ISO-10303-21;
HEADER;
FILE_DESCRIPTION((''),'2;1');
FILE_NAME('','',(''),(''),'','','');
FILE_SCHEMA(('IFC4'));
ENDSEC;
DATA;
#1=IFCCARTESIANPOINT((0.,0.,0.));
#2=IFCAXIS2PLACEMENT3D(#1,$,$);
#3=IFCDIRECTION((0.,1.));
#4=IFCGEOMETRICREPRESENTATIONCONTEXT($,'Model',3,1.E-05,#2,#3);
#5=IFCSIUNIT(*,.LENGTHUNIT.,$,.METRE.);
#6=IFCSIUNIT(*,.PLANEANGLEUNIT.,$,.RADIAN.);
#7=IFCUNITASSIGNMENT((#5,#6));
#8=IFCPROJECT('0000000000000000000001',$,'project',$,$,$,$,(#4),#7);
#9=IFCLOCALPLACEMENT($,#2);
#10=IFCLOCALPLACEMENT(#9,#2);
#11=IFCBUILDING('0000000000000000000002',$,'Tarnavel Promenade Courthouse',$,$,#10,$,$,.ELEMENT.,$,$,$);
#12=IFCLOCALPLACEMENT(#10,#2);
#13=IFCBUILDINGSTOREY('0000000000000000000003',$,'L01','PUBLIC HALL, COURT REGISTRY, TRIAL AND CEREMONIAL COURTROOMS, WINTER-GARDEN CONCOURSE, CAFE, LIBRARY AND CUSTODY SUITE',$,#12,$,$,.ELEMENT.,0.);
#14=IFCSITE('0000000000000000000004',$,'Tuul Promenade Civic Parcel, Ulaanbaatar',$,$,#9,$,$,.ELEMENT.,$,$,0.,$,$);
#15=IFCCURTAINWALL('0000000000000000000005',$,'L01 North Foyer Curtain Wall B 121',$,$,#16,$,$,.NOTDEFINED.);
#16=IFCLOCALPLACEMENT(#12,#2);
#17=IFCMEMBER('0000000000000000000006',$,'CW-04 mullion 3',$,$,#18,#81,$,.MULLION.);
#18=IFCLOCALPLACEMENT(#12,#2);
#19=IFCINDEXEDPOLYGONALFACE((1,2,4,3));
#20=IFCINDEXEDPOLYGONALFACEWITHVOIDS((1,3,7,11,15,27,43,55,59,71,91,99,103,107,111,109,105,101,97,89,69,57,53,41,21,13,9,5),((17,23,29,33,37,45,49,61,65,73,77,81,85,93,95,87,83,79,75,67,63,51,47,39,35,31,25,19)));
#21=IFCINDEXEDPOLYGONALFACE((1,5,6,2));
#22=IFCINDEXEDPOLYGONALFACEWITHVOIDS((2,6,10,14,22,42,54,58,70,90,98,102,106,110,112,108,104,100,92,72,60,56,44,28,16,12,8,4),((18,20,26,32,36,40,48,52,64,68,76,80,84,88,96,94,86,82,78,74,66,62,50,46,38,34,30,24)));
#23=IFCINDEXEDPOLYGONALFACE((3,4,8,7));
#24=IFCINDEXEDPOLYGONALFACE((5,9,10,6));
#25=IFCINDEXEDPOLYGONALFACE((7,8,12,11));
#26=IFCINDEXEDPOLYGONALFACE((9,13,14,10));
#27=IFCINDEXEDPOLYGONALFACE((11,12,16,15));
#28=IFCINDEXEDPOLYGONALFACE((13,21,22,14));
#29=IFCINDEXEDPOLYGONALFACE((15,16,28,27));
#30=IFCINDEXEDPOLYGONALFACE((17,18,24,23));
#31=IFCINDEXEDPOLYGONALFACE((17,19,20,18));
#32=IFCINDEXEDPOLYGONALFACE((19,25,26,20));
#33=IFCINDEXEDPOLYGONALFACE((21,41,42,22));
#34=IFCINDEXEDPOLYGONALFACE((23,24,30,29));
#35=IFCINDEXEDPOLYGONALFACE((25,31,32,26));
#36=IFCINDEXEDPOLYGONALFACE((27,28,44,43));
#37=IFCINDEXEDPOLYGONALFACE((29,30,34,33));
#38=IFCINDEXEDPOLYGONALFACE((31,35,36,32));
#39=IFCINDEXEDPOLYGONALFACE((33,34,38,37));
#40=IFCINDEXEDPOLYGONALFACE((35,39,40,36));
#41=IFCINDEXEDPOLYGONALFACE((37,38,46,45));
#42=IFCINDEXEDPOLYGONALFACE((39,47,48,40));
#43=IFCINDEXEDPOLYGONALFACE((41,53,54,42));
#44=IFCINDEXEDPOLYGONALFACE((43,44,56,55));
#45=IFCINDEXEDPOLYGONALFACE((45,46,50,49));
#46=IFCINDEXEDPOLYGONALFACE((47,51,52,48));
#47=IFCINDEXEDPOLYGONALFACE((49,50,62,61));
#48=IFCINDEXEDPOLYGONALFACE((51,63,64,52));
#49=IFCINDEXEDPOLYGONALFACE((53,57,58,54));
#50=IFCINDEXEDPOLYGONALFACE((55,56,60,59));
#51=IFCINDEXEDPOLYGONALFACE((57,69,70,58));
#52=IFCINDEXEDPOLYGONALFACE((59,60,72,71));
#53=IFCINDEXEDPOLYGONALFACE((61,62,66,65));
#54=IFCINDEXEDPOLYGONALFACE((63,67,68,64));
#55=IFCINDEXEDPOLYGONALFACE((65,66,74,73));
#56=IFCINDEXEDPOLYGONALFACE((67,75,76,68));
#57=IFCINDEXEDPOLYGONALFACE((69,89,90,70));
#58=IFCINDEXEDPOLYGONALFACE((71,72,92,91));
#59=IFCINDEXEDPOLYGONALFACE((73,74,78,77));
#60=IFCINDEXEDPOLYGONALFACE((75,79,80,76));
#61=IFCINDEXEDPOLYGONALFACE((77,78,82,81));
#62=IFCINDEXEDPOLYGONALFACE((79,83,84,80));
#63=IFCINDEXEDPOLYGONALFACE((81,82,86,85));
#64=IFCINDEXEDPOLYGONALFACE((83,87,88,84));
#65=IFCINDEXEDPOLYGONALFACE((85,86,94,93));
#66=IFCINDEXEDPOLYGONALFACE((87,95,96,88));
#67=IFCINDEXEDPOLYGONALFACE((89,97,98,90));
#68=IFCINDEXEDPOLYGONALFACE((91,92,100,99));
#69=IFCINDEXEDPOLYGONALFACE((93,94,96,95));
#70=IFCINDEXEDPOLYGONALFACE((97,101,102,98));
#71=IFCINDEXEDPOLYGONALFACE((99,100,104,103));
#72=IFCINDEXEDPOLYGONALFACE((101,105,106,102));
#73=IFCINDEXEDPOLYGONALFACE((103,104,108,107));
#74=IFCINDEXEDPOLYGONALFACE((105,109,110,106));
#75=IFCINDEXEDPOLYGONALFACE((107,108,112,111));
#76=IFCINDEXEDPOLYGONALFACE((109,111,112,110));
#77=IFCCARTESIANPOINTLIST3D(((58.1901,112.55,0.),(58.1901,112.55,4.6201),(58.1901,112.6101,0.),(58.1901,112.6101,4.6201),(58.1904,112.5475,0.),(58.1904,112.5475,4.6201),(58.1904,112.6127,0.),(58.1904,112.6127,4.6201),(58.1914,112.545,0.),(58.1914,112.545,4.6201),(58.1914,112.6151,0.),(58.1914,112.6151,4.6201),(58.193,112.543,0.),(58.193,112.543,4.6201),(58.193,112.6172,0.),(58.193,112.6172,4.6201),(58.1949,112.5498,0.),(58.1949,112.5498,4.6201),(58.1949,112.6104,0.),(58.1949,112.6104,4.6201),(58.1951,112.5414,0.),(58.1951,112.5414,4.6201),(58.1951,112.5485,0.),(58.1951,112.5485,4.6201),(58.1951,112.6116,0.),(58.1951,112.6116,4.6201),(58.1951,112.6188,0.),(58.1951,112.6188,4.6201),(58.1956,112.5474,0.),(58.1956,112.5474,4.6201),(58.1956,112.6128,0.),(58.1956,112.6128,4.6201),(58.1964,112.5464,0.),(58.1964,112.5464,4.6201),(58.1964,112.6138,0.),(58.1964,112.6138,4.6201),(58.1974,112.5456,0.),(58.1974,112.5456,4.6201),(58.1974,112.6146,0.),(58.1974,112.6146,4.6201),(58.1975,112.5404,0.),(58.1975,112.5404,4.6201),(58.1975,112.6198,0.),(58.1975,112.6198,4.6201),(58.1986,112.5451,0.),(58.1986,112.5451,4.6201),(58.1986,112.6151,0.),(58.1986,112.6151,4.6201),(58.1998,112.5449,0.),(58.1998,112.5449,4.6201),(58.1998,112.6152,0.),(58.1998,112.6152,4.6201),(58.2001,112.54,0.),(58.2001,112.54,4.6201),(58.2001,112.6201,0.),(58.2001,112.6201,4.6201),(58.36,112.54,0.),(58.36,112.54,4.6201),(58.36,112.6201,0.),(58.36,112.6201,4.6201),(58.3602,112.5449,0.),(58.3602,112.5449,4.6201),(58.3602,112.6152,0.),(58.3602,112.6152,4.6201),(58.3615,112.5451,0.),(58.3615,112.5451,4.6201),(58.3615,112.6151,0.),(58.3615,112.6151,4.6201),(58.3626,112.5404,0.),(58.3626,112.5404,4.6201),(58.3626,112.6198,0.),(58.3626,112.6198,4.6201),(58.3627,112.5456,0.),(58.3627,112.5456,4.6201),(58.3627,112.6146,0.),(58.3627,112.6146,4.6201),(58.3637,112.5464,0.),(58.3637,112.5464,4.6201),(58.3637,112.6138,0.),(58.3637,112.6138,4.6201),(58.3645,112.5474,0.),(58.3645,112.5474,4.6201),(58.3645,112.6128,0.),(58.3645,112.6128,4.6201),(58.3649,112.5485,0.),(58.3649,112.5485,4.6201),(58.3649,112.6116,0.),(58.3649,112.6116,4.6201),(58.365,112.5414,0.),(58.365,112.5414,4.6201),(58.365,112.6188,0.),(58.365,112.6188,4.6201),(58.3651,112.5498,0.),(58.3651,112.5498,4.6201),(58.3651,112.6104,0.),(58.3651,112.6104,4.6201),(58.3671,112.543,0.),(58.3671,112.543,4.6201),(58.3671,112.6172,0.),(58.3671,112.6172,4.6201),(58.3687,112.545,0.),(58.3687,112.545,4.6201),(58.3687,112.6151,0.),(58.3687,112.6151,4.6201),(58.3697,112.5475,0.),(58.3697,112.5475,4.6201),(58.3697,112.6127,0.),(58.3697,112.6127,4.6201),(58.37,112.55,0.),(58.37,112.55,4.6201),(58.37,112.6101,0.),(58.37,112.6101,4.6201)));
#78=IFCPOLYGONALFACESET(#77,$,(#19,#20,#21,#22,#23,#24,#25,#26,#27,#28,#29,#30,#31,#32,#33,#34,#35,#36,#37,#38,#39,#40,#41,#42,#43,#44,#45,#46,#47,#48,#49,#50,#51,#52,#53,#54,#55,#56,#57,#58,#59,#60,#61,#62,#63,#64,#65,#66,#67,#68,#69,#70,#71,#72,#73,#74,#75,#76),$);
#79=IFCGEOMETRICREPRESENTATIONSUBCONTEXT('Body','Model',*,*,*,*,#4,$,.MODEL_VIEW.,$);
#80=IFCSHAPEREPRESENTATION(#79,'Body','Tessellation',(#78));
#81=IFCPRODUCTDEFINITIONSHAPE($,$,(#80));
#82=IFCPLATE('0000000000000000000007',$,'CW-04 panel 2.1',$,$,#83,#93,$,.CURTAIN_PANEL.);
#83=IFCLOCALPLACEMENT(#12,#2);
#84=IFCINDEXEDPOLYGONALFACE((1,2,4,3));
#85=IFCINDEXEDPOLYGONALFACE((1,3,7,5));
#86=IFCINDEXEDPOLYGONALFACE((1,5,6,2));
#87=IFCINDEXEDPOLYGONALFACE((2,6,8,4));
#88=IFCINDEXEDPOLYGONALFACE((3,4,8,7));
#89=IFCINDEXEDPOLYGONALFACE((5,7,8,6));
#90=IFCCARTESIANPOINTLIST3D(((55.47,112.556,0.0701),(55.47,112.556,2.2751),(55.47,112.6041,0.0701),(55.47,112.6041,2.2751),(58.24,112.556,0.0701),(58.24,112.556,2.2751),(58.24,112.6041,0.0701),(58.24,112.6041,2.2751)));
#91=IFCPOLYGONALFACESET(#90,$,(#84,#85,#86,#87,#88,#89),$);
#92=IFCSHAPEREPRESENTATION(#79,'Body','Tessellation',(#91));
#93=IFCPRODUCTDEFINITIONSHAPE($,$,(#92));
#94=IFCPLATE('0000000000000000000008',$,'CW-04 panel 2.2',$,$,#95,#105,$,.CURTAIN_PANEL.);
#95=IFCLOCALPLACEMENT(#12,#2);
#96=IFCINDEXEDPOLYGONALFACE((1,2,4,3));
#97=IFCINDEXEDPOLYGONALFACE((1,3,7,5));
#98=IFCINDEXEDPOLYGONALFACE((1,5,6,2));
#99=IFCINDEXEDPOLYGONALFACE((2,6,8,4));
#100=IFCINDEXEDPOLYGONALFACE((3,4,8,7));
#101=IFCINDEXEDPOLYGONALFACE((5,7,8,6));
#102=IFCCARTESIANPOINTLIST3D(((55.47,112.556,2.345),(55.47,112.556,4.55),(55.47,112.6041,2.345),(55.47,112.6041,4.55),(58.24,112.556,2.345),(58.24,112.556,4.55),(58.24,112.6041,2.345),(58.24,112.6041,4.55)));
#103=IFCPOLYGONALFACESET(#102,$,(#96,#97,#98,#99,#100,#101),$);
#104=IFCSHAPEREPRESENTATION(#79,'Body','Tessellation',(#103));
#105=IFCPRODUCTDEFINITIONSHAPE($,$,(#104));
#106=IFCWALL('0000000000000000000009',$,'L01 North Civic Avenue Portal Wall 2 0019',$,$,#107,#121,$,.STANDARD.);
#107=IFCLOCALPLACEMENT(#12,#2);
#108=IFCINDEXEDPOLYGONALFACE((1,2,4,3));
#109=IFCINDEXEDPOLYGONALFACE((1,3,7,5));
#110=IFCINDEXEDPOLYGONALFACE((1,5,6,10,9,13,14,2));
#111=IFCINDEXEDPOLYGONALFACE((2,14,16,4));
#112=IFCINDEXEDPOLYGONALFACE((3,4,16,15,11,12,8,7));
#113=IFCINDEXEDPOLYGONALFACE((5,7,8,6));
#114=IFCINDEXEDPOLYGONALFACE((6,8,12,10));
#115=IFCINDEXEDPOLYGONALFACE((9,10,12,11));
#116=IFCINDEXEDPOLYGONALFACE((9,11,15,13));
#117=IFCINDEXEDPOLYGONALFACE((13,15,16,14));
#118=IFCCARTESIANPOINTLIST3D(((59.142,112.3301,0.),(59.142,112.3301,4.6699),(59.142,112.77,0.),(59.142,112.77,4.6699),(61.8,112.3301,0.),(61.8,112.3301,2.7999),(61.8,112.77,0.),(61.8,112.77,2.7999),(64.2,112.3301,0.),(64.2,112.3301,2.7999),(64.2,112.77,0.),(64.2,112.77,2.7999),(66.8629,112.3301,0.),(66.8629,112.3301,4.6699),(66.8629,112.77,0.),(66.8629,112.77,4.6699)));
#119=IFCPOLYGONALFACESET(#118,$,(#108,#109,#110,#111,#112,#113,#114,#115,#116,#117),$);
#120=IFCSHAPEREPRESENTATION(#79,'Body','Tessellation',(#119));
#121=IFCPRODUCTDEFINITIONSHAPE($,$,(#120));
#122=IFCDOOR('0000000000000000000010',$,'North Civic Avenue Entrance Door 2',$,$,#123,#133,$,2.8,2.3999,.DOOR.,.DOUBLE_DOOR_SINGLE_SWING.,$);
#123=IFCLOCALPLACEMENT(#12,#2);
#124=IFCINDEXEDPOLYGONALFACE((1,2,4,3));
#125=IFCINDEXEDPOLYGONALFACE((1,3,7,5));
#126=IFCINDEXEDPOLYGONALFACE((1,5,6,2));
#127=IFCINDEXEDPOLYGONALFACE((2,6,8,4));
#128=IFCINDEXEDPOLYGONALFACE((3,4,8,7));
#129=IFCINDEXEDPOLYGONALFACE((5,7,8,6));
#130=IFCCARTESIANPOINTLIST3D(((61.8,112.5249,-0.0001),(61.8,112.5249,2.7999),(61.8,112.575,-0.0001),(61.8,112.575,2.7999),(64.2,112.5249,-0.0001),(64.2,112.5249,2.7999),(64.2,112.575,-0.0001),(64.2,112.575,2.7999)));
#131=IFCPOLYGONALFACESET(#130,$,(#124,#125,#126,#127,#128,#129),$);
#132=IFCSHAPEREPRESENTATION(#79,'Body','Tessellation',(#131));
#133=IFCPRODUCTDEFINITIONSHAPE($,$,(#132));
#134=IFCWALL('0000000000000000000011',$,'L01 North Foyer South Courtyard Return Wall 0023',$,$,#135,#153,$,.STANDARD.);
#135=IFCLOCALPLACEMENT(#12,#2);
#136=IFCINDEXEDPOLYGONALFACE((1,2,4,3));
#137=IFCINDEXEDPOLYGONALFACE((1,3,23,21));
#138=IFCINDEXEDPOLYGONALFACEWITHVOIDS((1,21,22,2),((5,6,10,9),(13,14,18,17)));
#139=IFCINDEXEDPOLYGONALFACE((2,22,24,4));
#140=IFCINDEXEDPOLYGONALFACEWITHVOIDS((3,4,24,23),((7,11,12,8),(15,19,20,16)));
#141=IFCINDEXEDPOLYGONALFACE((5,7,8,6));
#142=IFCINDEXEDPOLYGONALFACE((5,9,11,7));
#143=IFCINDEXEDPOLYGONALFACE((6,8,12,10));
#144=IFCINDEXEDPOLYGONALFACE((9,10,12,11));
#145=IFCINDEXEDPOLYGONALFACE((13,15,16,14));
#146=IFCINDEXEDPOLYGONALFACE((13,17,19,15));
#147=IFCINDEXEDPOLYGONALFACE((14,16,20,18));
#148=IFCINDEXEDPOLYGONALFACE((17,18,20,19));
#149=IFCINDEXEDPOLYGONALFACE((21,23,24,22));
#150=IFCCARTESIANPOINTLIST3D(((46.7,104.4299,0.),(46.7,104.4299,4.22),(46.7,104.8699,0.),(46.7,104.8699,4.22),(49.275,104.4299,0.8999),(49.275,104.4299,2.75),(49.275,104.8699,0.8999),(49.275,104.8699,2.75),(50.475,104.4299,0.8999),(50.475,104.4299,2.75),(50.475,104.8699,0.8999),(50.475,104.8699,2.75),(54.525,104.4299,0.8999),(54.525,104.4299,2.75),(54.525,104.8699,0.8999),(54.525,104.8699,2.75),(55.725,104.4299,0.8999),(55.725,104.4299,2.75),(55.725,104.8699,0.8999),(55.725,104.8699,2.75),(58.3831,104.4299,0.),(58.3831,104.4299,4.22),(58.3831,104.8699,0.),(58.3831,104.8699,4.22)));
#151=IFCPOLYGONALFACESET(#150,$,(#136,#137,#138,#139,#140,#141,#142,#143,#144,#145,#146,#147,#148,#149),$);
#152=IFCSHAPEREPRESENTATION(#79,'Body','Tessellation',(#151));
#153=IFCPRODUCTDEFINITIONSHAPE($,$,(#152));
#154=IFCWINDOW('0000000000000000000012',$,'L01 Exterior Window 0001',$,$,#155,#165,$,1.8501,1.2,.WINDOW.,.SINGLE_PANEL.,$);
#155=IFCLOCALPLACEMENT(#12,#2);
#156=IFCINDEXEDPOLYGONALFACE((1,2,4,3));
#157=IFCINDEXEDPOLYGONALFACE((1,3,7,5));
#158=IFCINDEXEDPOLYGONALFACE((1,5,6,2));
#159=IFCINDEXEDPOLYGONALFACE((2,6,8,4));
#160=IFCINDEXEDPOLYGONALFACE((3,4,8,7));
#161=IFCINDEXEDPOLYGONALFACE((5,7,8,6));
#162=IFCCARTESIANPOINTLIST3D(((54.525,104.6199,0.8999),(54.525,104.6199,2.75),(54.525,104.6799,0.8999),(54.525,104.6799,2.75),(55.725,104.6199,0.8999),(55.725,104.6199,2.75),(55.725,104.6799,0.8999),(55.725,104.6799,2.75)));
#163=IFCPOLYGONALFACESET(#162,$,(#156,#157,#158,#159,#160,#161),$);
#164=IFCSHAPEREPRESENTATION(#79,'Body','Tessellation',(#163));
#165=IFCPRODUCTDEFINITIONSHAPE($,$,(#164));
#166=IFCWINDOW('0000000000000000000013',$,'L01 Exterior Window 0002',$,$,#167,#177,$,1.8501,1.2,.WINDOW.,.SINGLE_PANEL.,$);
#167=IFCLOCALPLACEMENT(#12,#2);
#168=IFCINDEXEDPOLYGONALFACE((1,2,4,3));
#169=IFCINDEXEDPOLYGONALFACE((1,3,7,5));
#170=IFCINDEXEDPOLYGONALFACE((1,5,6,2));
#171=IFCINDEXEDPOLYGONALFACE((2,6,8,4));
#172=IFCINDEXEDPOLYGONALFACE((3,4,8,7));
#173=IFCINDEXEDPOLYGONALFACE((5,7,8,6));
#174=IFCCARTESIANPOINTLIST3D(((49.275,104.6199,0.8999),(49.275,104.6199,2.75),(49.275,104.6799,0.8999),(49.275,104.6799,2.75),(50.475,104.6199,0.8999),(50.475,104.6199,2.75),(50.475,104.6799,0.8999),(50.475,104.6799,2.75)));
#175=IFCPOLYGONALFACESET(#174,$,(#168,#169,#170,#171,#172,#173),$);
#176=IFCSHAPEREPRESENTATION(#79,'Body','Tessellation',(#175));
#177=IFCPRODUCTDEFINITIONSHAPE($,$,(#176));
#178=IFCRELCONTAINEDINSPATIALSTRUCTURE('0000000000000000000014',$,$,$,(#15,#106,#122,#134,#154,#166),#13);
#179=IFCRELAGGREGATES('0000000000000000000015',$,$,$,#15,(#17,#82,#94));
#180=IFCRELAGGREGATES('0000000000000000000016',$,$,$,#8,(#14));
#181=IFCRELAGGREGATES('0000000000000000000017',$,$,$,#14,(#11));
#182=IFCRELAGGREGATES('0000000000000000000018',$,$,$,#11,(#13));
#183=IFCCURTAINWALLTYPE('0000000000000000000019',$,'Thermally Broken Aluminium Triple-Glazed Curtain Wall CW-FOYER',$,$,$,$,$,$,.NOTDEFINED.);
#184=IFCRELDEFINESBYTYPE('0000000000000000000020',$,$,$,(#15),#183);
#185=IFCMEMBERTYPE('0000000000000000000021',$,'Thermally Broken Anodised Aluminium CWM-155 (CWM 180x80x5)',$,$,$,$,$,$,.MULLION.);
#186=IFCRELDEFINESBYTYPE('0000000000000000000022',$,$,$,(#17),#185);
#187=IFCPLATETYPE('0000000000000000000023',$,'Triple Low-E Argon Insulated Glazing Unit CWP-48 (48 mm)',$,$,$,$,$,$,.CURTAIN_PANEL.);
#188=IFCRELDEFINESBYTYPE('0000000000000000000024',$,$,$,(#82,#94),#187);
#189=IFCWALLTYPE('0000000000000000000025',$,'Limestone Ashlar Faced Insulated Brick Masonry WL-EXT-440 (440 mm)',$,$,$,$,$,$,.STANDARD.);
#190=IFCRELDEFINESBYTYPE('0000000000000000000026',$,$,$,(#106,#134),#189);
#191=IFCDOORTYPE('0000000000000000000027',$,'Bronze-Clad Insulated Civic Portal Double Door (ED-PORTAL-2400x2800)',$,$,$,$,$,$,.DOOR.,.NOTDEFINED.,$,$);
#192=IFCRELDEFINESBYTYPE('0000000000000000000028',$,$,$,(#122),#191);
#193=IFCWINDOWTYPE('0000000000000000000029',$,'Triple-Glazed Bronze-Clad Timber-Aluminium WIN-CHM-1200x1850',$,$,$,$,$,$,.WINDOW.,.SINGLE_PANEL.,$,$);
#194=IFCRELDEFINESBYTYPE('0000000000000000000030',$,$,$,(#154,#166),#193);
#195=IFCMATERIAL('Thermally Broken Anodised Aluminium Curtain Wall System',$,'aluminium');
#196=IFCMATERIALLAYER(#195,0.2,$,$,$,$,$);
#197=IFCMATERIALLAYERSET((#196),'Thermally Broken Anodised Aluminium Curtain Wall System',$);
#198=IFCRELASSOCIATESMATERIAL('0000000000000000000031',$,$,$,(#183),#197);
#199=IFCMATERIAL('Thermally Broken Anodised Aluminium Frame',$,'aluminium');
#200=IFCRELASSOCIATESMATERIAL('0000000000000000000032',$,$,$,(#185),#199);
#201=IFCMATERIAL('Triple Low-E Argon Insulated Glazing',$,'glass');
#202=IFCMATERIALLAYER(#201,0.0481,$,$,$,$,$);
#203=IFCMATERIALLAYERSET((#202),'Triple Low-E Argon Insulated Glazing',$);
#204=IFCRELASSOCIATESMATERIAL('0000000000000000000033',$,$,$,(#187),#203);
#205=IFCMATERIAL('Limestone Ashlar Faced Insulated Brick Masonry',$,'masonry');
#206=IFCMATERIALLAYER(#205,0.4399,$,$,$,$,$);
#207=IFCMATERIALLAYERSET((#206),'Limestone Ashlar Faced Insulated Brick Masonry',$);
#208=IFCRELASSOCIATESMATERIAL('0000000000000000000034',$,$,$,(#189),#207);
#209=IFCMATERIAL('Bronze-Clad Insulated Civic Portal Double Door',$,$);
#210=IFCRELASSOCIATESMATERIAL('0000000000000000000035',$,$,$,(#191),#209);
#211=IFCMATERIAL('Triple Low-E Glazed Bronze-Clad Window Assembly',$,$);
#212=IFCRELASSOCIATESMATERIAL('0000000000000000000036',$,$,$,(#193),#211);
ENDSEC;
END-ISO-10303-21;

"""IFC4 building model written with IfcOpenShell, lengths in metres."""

from ifc_helpers import new_model, si_unit, direction, frame, frame_2d, origin, origin_2d, place, context, subcontext, project, spatial, rectangle, hollow_rectangle, extrude, material, layer, layer_set, material_profile, profile_set, type_object, element, fill, aggregate, save


model = new_model("IFC4")

# Units and contexts
model_context = context("Model", 3, precision=1e-05, world=origin(), true_north=direction((0.0, 1.0)))
body_context = subcontext(model_context, "Body", "Model", "MODEL_VIEW")
ifc_project = project(units=[si_unit("LENGTHUNIT", "METRE"), si_unit("PLANEANGLEUNIT", "RADIAN")], contexts=[model_context])

# Site, building, storey
site_placement = place(None, origin())
site = spatial("IfcSite", under=ifc_project, at=site_placement, Name="Tuul Promenade Civic Parcel, Ulaanbaatar", CompositionType="ELEMENT", RefElevation=0.0)
building_placement = place(site_placement, origin())
building = spatial("IfcBuilding", under=site, at=building_placement, Name="Tarnavel Promenade Courthouse", CompositionType="ELEMENT")
storey_placement = place(building_placement, origin())
storey = spatial("IfcBuildingStorey", under=building, at=storey_placement, Name="L01", Description="PUBLIC HALL, COURT REGISTRY, TRIAL AND CEREMONIAL COURTROOMS, WINTER-GARDEN CONCOURSE, CAFE, LIBRARY AND CUSTODY SUITE", CompositionType="ELEMENT", Elevation=0.0)

# Curtain wall, member, plates
ifc_material_1 = material(Name="Thermally Broken Anodised Aluminium Curtain Wall System", Category="aluminium")
ifc_layer_1 = layer(ifc_material_1, 0.2)
ifc_layer_set_1 = layer_set([ifc_layer_1], Name="Thermally Broken Anodised Aluminium Curtain Wall System")
curtain_wall_type = type_object("IfcCurtainWallType", Name="Thermally Broken Aluminium Triple-Glazed Curtain Wall CW-FOYER", PredefinedType="NOTDEFINED", material=ifc_layer_set_1)
curtain_wall_placement = place(storey_placement, origin())
curtain_wall = element("IfcCurtainWall", 1, at=curtain_wall_placement, inside=storey, type_object=curtain_wall_type, Name="L01 North Foyer Curtain Wall B 121", PredefinedType="NOTDEFINED")
ifc_material_2 = material(Name="Thermally Broken Anodised Aluminium Frame", Category="aluminium")
ifc_material_profile_1 = material_profile(ifc_material_2, hollow_rectangle(XDim=0.0801, YDim=0.1799, WallThickness=0.0049, InnerFilletRadius=0.0049, OuterFilletRadius=0.01, at=origin_2d()), Name="CWM 180x80x5")
ifc_profile_set_1 = profile_set([ifc_material_profile_1], Name="Thermally Broken Anodised Aluminium Frame")
member_type = type_object("IfcMemberType", Name="Thermally Broken Anodised Aluminium CWM-155 (CWM 180x80x5)", PredefinedType="MULLION", material=ifc_profile_set_1)
member_placement = place(storey_placement, frame((58.28, 112.5801, 0.0), z_axis=(0.0, 0.0, 1.0), x_axis=(0.0, 1.0, 0.0)))
member = element("IfcMember", 2, at=member_placement, type_object=member_type, Name="CW-04 mullion 3", PredefinedType="MULLION", context=body_context, shape_type="SweptSolid", body=[
    extrude(hollow_rectangle(XDim=0.0801, YDim=0.1799, WallThickness=0.0049, InnerFilletRadius=0.0049, OuterFilletRadius=0.01, at=origin_2d()), origin(), (0.0, 0.0, 1.0), 4.6201),
])
ifc_material_3 = material(Name="Triple Low-E Argon Insulated Glazing", Category="glass")
ifc_layer_2 = layer(ifc_material_3, 0.0481)
ifc_layer_set_2 = layer_set([ifc_layer_2], Name="Triple Low-E Argon Insulated Glazing")
plate_type = type_object("IfcPlateType", Name="Triple Low-E Argon Insulated Glazing Unit CWP-48 (48 mm)", PredefinedType="CURTAIN_PANEL", material=ifc_layer_set_2)
plate_1_placement = place(storey_placement, frame((56.855, 112.5801, 0.0701), z_axis=(0.0, 0.0, 1.0), x_axis=(1.0, 0.0, 0.0)))
plate_1 = element("IfcPlate", 3, at=plate_1_placement, type_object=plate_type, Name="CW-04 panel 2.1", PredefinedType="CURTAIN_PANEL", context=body_context, shape_type="SweptSolid", body=[
    extrude(rectangle(XDim=2.77, YDim=0.0481, at=origin_2d()), origin(), (0.0, 0.0, 1.0), 2.2051),
])
plate_2_placement = place(storey_placement, frame((56.855, 112.5801, 2.345), z_axis=(0.0, 0.0, 1.0), x_axis=(1.0, 0.0, 0.0)))
plate_2 = element("IfcPlate", 4, at=plate_2_placement, type_object=plate_type, Name="CW-04 panel 2.2", PredefinedType="CURTAIN_PANEL", context=body_context, shape_type="SweptSolid", body=[
    extrude(rectangle(XDim=2.77, YDim=0.0481, at=origin_2d()), origin(), (0.0, 0.0, 1.0), 2.2051),
])
aggregate(curtain_wall, [member, plate_1, plate_2])

# Wall, opening, door
ifc_material_4 = material(Name="Limestone Ashlar Faced Insulated Brick Masonry", Category="masonry")
ifc_layer_3 = layer(ifc_material_4, 0.4399)
ifc_layer_set_3 = layer_set([ifc_layer_3], Name="Limestone Ashlar Faced Insulated Brick Masonry")
wall_type_1 = type_object("IfcWallType", Name="Limestone Ashlar Faced Insulated Brick Masonry WL-EXT-440 (440 mm)", PredefinedType="STANDARD", material=ifc_layer_set_3)
wall_1_placement = place(storey_placement, frame((59.1421, 112.55, 0.0), z_axis=(0.0, 0.0, 1.0), x_axis=(1.0, 0.0, 0.0)))
wall_1 = element("IfcWall", 5, at=wall_1_placement, inside=storey, type_object=wall_type_1, Name="L01 North Civic Avenue Portal Wall 2 0019", PredefinedType="STANDARD", context=body_context, shape_type="SweptSolid", body=[
    extrude(rectangle(XDim=7.7209, YDim=0.4399, at=frame_2d((3.8604, 0.0))), origin(), (0.0, 0.0, 1.0), 4.6699),
])
opening_1_placement = place(wall_1_placement, frame((2.658, 0.0, 0.0)))
opening_1 = element("IfcOpeningElement", 6, at=opening_1_placement, cuts=wall_1, PredefinedType="OPENING", context=body_context, shape_type="SweptSolid", body=[
    extrude(rectangle(XDim=2.3999, YDim=2.8, at=frame_2d((1.2, 1.3999))), frame((0.0, 0.23, 0.0), z_axis=(0.0, -1.0, 0.0), x_axis=(1.0, 0.0, 0.0)), (0.0, 0.0, 1.0), 0.46),
])
ifc_material_5 = material(Name="Bronze-Clad Insulated Civic Portal Double Door")
door_type = type_object("IfcDoorType", Name="Bronze-Clad Insulated Civic Portal Double Door (ED-PORTAL-2400x2800)", OperationType="NOTDEFINED", PredefinedType="DOOR", material=ifc_material_5)
door_placement = place(opening_1_placement, origin())
door = element("IfcDoor", 7, at=door_placement, inside=storey, type_object=door_type, Name="North Civic Avenue Entrance Door 2", OperationType="DOUBLE_DOOR_SINGLE_SWING", OverallHeight=2.8, OverallWidth=2.3999, PredefinedType="DOOR", context=body_context, shape_type="SweptSolid", body=[
    extrude(rectangle(XDim=2.3999, YDim=2.8, at=frame_2d((1.2, 1.3999))), frame((0.0, 0.0249, 0.0), z_axis=(0.0, -1.0, 0.0), x_axis=(1.0, 0.0, 0.0)), (0.0, 0.0, 1.0), 0.05),
])
fill(opening_1, door)

# Wall, openings, windows
wall_2_placement = place(storey_placement, frame((58.3831, 104.6499, 0.0), z_axis=(0.0, 0.0, 1.0), x_axis=(-1.0, 0.0, 0.0)))
wall_2 = element("IfcWall", 8, at=wall_2_placement, inside=storey, type_object=wall_type_1, Name="L01 North Foyer South Courtyard Return Wall 0023", PredefinedType="STANDARD", context=body_context, shape_type="SweptSolid", body=[
    extrude(rectangle(XDim=11.6831, YDim=0.4399, at=frame_2d((5.8416, 0.0))), origin(), (0.0, 0.0, 1.0), 4.22),
])
opening_2_placement = place(wall_2_placement, frame((2.658, 0.0, 0.8999)))
opening_2 = element("IfcOpeningElement", 9, at=opening_2_placement, cuts=wall_2, PredefinedType="OPENING", context=body_context, shape_type="SweptSolid", body=[
    extrude(rectangle(XDim=1.2, YDim=1.8501, at=frame_2d((0.6001, 0.925))), frame((0.0, 0.23, 0.0), z_axis=(0.0, -1.0, 0.0), x_axis=(1.0, 0.0, 0.0)), (0.0, 0.0, 1.0), 0.46),
])
opening_3_placement = place(wall_2_placement, frame((7.908, 0.0, 0.8999)))
opening_3 = element("IfcOpeningElement", 10, at=opening_3_placement, cuts=wall_2, PredefinedType="OPENING", context=body_context, shape_type="SweptSolid", body=[
    extrude(rectangle(XDim=1.2, YDim=1.8501, at=frame_2d((0.6001, 0.925))), frame((0.0, 0.23, 0.0), z_axis=(0.0, -1.0, 0.0), x_axis=(1.0, 0.0, 0.0)), (0.0, 0.0, 1.0), 0.46),
])
ifc_material_6 = material(Name="Triple Low-E Glazed Bronze-Clad Window Assembly")
window_type_1 = type_object("IfcWindowType", Name="Triple-Glazed Bronze-Clad Timber-Aluminium WIN-CHM-1200x1850", PartitioningType="SINGLE_PANEL", PredefinedType="WINDOW", material=ifc_material_6)
window_1_placement = place(opening_2_placement, origin())
window_1 = element("IfcWindow", 11, at=window_1_placement, inside=storey, type_object=window_type_1, Name="L01 Exterior Window 0001", OverallHeight=1.8501, OverallWidth=1.2, PartitioningType="SINGLE_PANEL", PredefinedType="WINDOW", context=body_context, shape_type="SweptSolid", body=[
    extrude(rectangle(XDim=1.2, YDim=1.8501, at=frame_2d((0.6001, 0.925))), frame((0.0, 0.03, 0.0), z_axis=(0.0, -1.0, 0.0), x_axis=(1.0, 0.0, 0.0)), (0.0, 0.0, 1.0), 0.0601),
])
fill(opening_2, window_1)
window_2_placement = place(opening_3_placement, origin())
window_2 = element("IfcWindow", 12, at=window_2_placement, inside=storey, type_object=window_type_1, Name="L01 Exterior Window 0002", OverallHeight=1.8501, OverallWidth=1.2, PartitioningType="SINGLE_PANEL", PredefinedType="WINDOW", context=body_context, shape_type="SweptSolid", body=[
    extrude(rectangle(XDim=1.2, YDim=1.8501, at=frame_2d((0.6001, 0.925))), frame((0.0, 0.03, 0.0), z_axis=(0.0, -1.0, 0.0), x_axis=(1.0, 0.0, 0.0)), (0.0, 0.0, 1.0), 0.0601),
])
fill(opening_3, window_2)

save(model, "model.ifc")
